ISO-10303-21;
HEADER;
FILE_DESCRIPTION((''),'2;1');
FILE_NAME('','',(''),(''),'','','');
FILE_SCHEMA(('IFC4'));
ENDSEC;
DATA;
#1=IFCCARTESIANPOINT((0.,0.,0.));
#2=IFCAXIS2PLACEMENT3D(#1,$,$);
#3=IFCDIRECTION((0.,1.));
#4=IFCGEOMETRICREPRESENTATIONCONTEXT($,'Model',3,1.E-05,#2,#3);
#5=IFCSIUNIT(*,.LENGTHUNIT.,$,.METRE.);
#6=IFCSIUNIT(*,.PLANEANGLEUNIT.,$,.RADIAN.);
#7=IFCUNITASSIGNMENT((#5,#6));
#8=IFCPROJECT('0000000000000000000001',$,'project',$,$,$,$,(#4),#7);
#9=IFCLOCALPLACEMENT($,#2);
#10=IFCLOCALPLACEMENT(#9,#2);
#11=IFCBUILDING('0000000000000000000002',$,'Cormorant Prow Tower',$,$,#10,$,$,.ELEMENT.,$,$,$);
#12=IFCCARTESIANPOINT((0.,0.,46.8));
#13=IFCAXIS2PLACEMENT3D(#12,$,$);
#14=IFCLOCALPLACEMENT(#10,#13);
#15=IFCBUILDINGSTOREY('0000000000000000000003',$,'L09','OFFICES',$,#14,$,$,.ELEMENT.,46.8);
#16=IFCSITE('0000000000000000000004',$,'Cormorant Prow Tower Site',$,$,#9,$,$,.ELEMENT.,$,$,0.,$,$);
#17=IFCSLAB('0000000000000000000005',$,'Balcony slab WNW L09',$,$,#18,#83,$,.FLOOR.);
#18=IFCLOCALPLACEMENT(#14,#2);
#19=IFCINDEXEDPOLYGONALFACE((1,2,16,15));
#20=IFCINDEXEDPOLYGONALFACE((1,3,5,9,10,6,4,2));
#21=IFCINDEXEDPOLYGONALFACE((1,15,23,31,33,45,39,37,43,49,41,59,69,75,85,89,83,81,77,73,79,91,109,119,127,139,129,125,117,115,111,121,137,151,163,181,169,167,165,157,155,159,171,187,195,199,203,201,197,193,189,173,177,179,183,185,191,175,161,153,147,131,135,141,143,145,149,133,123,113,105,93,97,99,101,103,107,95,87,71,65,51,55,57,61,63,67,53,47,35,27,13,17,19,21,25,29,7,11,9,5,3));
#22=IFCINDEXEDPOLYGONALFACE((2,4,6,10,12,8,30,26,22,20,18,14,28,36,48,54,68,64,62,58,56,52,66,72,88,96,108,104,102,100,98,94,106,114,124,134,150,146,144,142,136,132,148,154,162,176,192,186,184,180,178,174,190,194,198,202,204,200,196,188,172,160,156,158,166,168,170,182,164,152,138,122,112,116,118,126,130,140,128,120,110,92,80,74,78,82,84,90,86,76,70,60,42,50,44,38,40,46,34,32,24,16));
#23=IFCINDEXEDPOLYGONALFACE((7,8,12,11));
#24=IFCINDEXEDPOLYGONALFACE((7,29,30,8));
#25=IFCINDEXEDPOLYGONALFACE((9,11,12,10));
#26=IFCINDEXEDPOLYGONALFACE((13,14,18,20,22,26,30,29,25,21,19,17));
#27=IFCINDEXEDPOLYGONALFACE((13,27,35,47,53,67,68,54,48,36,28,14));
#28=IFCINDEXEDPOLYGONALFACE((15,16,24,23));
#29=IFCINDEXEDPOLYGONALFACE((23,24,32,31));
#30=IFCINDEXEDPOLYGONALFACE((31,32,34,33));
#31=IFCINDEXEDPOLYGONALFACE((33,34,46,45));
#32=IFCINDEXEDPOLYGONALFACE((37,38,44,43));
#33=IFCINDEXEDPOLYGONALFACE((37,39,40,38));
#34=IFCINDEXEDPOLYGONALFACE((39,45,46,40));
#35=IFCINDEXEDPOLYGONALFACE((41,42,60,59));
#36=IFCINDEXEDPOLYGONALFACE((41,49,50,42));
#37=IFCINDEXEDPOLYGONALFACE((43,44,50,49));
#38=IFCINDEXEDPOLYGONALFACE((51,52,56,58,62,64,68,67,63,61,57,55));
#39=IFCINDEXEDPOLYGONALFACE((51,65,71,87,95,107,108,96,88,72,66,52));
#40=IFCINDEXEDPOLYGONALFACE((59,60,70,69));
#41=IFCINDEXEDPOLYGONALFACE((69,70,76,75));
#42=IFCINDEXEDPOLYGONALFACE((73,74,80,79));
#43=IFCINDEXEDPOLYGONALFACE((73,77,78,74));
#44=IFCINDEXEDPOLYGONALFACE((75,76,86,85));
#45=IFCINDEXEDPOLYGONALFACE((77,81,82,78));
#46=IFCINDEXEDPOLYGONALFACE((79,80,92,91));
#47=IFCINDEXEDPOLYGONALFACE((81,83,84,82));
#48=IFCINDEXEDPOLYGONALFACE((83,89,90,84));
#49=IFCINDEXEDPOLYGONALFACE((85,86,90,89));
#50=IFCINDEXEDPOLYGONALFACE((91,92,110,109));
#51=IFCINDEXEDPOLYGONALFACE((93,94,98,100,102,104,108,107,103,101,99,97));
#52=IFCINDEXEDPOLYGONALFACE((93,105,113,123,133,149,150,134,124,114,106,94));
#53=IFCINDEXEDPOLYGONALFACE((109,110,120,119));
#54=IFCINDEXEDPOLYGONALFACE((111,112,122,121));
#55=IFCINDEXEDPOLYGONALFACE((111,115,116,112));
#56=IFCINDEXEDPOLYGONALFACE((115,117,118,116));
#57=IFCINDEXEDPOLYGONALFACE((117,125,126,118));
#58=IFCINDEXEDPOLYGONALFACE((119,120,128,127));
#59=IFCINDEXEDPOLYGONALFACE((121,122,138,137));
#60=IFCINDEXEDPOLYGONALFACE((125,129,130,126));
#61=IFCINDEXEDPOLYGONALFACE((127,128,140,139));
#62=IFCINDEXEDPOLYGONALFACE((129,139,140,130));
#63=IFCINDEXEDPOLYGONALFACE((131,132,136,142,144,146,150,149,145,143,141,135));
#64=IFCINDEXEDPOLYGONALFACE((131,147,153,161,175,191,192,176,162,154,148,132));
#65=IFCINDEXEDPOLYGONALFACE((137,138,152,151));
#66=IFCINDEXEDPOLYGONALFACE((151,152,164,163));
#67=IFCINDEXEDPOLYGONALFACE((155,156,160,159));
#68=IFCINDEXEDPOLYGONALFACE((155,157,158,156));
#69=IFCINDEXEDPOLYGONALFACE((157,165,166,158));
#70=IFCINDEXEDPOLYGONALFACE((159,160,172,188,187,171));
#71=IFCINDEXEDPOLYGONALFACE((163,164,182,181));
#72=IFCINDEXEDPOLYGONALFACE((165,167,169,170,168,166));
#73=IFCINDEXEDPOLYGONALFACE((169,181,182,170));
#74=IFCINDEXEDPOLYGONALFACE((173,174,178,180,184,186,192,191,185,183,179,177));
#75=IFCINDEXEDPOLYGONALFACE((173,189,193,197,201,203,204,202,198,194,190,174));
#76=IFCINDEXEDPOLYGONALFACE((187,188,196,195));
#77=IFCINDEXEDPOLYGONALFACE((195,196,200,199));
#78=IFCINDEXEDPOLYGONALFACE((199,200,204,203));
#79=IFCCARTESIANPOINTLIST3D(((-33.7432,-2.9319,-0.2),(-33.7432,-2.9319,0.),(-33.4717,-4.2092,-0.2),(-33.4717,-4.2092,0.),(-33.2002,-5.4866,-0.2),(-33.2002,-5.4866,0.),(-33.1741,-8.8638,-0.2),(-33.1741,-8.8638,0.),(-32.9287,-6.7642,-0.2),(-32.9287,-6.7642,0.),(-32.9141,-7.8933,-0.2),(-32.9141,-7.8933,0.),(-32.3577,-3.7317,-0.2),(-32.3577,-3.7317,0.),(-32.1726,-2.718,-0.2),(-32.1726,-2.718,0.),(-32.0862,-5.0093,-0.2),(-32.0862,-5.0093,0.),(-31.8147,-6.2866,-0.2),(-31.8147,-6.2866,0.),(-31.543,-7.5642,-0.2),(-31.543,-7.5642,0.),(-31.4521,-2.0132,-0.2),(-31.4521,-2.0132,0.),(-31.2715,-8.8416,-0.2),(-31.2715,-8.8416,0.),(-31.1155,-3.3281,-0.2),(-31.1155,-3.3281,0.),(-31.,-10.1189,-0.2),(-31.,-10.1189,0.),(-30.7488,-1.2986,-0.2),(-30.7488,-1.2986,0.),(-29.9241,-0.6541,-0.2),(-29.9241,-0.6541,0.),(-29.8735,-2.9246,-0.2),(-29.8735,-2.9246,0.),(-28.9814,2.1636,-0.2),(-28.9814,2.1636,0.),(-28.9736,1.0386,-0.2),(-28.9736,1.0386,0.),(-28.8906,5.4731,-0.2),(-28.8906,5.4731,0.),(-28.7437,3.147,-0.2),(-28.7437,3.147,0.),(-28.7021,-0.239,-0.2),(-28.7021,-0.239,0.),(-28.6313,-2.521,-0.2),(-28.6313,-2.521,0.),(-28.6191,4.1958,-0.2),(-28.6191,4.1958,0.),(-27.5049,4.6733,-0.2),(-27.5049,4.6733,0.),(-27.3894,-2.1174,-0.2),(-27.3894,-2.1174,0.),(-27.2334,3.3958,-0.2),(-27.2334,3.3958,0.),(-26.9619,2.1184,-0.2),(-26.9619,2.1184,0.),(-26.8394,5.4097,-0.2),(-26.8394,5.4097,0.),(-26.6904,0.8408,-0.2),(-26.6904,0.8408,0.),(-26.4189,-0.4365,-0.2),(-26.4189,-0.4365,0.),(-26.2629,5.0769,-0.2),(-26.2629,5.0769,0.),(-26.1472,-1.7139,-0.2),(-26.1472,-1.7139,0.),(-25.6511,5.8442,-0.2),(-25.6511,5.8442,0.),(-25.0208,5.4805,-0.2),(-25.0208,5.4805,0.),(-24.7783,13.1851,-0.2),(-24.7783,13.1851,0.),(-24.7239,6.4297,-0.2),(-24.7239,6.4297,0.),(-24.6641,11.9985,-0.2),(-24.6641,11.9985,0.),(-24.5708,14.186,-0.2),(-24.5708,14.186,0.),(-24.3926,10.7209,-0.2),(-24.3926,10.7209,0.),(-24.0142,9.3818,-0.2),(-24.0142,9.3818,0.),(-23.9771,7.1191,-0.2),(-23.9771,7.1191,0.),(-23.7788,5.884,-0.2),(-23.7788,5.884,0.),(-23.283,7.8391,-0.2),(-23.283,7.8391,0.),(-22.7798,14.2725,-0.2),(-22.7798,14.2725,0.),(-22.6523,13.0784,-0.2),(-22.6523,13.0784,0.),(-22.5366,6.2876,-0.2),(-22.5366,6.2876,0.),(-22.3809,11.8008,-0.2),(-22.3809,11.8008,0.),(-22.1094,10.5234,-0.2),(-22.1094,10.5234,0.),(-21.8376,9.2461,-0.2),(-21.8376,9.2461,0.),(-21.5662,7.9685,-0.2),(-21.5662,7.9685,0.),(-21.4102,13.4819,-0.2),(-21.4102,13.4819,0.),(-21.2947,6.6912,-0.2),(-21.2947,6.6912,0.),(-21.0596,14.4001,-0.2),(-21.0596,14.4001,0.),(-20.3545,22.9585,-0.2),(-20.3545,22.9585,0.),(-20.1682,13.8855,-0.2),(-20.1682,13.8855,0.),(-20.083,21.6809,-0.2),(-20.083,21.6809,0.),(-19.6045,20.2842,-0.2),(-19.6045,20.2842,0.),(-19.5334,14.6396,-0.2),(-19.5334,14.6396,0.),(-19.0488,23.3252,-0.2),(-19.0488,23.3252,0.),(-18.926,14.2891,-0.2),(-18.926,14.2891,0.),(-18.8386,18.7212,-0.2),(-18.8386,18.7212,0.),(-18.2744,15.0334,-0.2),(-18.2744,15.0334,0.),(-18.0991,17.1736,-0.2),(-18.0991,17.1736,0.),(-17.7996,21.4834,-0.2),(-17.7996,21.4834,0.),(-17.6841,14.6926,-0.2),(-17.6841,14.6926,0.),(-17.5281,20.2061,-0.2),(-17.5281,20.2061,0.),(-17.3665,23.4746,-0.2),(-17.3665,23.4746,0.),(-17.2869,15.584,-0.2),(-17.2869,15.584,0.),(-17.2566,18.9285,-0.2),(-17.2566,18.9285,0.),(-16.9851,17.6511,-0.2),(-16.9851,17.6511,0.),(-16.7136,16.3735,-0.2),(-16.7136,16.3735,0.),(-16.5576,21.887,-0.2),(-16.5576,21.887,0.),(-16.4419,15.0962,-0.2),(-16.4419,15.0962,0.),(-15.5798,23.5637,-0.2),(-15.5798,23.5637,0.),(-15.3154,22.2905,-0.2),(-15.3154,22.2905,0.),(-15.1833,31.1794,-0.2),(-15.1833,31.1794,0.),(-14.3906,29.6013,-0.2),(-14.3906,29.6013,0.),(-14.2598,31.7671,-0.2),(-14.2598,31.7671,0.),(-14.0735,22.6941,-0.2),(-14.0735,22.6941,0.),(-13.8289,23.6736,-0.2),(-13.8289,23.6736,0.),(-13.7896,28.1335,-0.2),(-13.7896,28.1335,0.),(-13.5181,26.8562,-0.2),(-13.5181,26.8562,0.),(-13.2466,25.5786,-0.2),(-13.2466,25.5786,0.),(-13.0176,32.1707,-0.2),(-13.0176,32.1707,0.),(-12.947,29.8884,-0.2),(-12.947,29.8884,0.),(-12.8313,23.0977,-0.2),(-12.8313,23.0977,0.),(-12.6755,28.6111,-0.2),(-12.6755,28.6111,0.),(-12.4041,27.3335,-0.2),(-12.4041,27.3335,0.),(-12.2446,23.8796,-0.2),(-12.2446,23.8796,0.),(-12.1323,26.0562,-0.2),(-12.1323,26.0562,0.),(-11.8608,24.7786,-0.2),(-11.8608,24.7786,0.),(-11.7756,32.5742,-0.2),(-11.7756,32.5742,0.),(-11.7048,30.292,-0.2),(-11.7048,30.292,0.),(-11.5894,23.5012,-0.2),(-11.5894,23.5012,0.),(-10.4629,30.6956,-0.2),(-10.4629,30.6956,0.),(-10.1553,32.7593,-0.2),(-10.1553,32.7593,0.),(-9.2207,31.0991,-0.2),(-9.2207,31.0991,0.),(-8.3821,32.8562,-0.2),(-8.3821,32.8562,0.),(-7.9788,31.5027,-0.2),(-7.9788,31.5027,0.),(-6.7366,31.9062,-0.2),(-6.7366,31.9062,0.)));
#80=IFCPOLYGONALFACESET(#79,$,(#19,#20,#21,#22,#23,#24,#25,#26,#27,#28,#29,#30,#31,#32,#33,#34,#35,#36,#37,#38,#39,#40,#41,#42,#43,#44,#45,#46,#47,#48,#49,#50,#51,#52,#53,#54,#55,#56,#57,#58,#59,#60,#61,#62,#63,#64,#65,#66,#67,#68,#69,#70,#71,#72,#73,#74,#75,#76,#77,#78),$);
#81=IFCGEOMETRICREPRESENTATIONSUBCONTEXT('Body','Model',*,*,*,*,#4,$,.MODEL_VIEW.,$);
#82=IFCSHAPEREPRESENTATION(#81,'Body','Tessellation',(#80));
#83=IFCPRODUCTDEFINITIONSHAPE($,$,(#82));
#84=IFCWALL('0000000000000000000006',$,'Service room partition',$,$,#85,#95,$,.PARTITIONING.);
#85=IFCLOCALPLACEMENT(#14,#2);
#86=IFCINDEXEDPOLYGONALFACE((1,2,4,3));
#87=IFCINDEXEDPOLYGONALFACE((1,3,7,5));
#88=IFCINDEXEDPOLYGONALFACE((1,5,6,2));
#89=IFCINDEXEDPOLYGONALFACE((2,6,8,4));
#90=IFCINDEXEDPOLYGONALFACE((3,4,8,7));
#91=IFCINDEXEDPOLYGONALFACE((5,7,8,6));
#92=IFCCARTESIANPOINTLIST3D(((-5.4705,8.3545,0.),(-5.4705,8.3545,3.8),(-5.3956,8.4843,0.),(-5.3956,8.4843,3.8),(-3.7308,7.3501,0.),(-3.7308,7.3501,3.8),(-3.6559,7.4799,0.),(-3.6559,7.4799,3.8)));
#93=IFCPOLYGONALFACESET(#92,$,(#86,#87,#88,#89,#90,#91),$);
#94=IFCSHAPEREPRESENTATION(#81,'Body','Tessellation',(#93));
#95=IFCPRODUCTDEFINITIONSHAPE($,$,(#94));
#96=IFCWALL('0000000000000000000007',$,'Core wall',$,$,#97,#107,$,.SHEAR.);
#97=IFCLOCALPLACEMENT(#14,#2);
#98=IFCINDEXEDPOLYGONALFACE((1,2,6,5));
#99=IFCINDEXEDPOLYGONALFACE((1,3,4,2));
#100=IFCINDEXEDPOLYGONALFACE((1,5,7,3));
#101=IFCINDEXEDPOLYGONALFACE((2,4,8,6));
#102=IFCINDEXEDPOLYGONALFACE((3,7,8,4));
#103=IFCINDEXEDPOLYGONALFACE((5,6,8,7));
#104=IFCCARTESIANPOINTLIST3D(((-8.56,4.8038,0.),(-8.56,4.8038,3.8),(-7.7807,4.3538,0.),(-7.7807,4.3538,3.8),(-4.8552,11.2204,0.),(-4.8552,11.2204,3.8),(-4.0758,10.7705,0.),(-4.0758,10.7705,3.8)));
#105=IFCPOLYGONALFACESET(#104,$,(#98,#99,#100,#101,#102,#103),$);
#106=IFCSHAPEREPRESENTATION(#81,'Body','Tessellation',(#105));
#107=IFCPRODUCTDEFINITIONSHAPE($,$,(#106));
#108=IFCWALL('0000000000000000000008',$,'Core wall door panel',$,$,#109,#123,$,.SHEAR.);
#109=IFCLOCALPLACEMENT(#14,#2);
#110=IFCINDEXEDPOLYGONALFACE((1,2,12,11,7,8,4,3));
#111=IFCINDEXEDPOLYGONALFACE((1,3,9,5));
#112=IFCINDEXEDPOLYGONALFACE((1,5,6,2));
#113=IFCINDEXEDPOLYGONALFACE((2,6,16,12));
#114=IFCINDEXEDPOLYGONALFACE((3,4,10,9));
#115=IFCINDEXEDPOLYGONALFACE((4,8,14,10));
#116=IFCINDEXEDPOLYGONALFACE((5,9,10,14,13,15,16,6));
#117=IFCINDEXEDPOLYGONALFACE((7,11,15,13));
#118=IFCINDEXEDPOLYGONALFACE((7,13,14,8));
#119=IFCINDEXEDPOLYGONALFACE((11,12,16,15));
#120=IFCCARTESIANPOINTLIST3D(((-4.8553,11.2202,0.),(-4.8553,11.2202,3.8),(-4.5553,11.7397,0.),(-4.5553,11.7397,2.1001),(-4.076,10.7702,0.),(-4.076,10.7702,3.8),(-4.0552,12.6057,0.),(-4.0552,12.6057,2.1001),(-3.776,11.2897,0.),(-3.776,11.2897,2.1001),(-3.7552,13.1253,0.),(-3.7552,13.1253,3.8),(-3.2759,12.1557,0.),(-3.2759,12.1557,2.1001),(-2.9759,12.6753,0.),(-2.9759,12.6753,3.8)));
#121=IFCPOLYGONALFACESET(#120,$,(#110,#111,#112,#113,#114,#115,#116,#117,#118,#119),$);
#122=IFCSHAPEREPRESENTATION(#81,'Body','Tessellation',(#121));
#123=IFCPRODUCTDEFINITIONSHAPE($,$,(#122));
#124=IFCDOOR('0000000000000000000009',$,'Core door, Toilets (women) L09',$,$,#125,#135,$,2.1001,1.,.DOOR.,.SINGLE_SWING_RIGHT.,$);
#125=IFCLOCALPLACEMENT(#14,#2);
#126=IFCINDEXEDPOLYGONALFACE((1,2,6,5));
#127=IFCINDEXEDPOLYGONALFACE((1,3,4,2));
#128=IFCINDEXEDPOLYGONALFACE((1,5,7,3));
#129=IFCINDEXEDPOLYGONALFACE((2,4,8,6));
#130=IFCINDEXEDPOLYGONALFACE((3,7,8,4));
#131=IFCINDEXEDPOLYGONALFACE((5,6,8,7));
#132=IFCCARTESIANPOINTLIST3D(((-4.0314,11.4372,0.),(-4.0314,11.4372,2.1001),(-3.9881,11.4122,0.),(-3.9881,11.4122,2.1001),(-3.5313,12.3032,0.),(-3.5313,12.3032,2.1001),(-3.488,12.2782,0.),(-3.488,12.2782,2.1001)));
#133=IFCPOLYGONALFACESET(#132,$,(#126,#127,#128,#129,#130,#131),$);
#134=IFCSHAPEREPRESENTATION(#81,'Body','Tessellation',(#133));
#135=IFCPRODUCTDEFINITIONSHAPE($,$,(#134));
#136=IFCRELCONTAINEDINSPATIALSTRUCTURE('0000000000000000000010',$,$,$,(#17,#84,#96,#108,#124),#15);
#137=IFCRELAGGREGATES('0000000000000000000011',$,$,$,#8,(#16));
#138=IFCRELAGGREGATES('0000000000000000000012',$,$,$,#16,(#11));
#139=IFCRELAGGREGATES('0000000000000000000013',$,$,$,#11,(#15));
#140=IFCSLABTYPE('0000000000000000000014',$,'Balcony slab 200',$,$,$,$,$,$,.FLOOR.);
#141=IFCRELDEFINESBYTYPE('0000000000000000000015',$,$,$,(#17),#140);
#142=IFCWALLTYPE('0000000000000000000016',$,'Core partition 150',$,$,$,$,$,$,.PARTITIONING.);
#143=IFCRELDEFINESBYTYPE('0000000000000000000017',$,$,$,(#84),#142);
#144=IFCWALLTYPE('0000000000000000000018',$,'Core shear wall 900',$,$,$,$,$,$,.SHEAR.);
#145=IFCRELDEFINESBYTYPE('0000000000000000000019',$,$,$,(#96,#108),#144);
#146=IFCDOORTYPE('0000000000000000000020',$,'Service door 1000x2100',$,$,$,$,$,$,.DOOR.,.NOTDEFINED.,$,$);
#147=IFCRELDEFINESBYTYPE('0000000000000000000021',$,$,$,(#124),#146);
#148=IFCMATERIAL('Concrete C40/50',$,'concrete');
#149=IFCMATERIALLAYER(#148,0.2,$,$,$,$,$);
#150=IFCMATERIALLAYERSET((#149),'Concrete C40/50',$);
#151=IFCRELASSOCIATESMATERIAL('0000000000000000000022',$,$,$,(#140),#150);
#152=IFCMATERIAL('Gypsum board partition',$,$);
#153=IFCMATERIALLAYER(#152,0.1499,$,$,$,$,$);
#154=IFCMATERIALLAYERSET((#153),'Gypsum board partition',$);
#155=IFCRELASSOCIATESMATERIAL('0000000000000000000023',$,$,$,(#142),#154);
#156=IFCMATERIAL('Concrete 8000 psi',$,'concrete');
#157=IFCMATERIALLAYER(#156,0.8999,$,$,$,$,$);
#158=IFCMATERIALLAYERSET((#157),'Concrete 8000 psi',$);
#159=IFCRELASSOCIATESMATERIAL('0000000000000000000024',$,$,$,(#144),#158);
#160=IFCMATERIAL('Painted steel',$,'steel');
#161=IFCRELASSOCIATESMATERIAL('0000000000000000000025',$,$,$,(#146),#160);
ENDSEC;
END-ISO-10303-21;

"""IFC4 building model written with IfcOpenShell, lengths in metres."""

from ifc_helpers import new_model, si_unit, direction, frame, frame_2d, origin, place, context, subcontext, project, spatial, polyline, rectangle, outline, extrude, material, layer, layer_set, type_object, element, fill, save


model = new_model("IFC4")

# Units and contexts
model_context = context("Model", 3, precision=1e-05, world=origin(), true_north=direction((0.0, 1.0)))
body_context = subcontext(model_context, "Body", "Model", "MODEL_VIEW")
ifc_project = project(units=[si_unit("LENGTHUNIT", "METRE"), si_unit("PLANEANGLEUNIT", "RADIAN")], contexts=[model_context])

# Site, building, storey
site_placement = place(None, origin())
site = spatial("IfcSite", under=ifc_project, at=site_placement, Name="Cormorant Prow Tower Site", CompositionType="ELEMENT", RefElevation=0.0)
building_placement = place(site_placement, origin())
building = spatial("IfcBuilding", under=site, at=building_placement, Name="Cormorant Prow Tower", CompositionType="ELEMENT")
storey_placement = place(building_placement, frame((0.0, 0.0, 46.8)))
storey = spatial("IfcBuildingStorey", under=building, at=storey_placement, Name="L09", Description="OFFICES", CompositionType="ELEMENT", Elevation=46.8)

# Slab
ifc_material_1 = material(Name="Concrete C40/50", Category="concrete")
ifc_layer_1 = layer(ifc_material_1, 0.2)
ifc_layer_set_1 = layer_set([ifc_layer_1], Name="Concrete C40/50")
slab_type = type_object("IfcSlabType", Name="Balcony slab 200", PredefinedType="FLOOR", material=ifc_layer_set_1)
slab_placement = place(storey_placement, frame((0.0, 0.0, -0.2)))
element("IfcSlab", 1, at=slab_placement, inside=storey, type_object=slab_type, Name="Balcony slab WNW L09", PredefinedType="FLOOR", context=body_context, shape_type="SweptSolid", body=[
    extrude(outline(polyline([(-6.7366, 31.9062), (-8.3821, 32.8562), (-10.1553, 32.7593), (-11.7756, 32.5742), (-13.0176, 32.1707), (-14.2598, 31.7671), (-15.1833, 31.1794), (-14.3906, 29.6013), (-13.7896, 28.1335), (-13.5181, 26.8562), (-13.2466, 25.5786), (-12.2446, 23.8796), (-13.8289, 23.6736), (-15.5798, 23.5637), (-17.3665, 23.4746), (-19.0488, 23.3252), (-20.3545, 22.9585), (-20.083, 21.6809), (-19.6045, 20.2842), (-18.8386, 18.7212), (-18.0991, 17.1736), (-17.2869, 15.584), (-18.2744, 15.0334), (-19.5334, 14.6396), (-21.0596, 14.4001), (-22.7798, 14.2725), (-24.5708, 14.186), (-24.7783, 13.1851), (-24.6641, 11.9985), (-24.3926, 10.7209), (-24.0142, 9.3818), (-23.283, 7.8391), (-23.9771, 7.1191), (-24.7239, 6.4297), (-25.6511, 5.8442), (-26.8394, 5.4097), (-28.8906, 5.4731), (-28.6191, 4.1958), (-28.7437, 3.147), (-28.9814, 2.1636), (-28.9736, 1.0386), (-28.7021, -0.239), (-29.9241, -0.6541), (-30.7488, -1.2986), (-31.4521, -2.0132), (-32.1726, -2.718), (-33.7432, -2.9319), (-33.4717, -4.2092), (-33.2002, -5.4866), (-32.9287, -6.7642), (-32.9141, -7.8933), (-33.1741, -8.8638), (-31.0, -10.1189), (-31.2715, -8.8416), (-31.543, -7.5642), (-31.8147, -6.2866), (-32.0862, -5.0093), (-32.3577, -3.7317), (-31.1155, -3.3281), (-29.8735, -2.9246), (-28.6313, -2.521), (-27.3894, -2.1174), (-26.1472, -1.7139), (-26.4189, -0.4365), (-26.6904, 0.8408), (-26.9619, 2.1184), (-27.2334, 3.3958), (-27.5049, 4.6733), (-26.2629, 5.0769), (-25.0208, 5.4805), (-23.7788, 5.884), (-22.5366, 6.2876), (-21.2947, 6.6912), (-21.5662, 7.9685), (-21.8376, 9.2461), (-22.1094, 10.5234), (-22.3809, 11.8008), (-22.6523, 13.0784), (-21.4102, 13.4819), (-20.1682, 13.8855), (-18.926, 14.2891), (-17.6841, 14.6926), (-16.4419, 15.0962), (-16.7136, 16.3735), (-16.9851, 17.6511), (-17.2566, 18.9285), (-17.5281, 20.2061), (-17.7996, 21.4834), (-16.5576, 21.887), (-15.3154, 22.2905), (-14.0735, 22.6941), (-12.8313, 23.0977), (-11.5894, 23.5012), (-11.8608, 24.7786), (-12.1323, 26.0562), (-12.4041, 27.3335), (-12.6755, 28.6111), (-12.947, 29.8884), (-11.7048, 30.292), (-10.4629, 30.6956), (-9.2207, 31.0991), (-7.9788, 31.5027), (-6.7366, 31.9062)])), origin(), (0.0, 0.0, 1.0), 0.2),
])

# Walls
ifc_material_2 = material(Name="Gypsum board partition")
ifc_layer_2 = layer(ifc_material_2, 0.1499)
ifc_layer_set_2 = layer_set([ifc_layer_2], Name="Gypsum board partition")
wall_type_1 = type_object("IfcWallType", Name="Core partition 150", PredefinedType="PARTITIONING", material=ifc_layer_set_2)
wall_1_placement = place(storey_placement, frame((-3.6934, 7.415, 0.0), z_axis=(0.0, 0.0, 1.0), x_axis=(-0.866036, 0.499982, 0.0)))
element("IfcWall", 2, at=wall_1_placement, inside=storey, type_object=wall_type_1, Name="Service room partition", PredefinedType="PARTITIONING", context=body_context, shape_type="SweptSolid", body=[
    extrude(rectangle(XDim=2.0088, YDim=0.1499, at=frame_2d((1.0044, 0.0))), origin(), (0.0, 0.0, 1.0), 3.8),
])
ifc_material_3 = material(Name="Concrete 8000 psi", Category="concrete")
ifc_layer_3 = layer(ifc_material_3, 0.8999)
ifc_layer_set_3 = layer_set([ifc_layer_3], Name="Concrete 8000 psi")
wall_type_2 = type_object("IfcWallType", Name="Core shear wall 900", PredefinedType="SHEAR", material=ifc_layer_set_3)
wall_2_placement = place(storey_placement, frame((-4.4656, 10.9954, 0.0), z_axis=(0.0, 0.0, 1.0), x_axis=(-0.500012, -0.866018, 0.0)))
element("IfcWall", 3, at=wall_2_placement, inside=storey, type_object=wall_type_2, Name="Core wall", PredefinedType="SHEAR", context=body_context, shape_type="SweptSolid", body=[
    extrude(rectangle(XDim=7.4094, YDim=0.8999, at=frame_2d((3.7046, 0.0))), origin(), (0.0, 0.0, 1.0), 3.8),
])

# Wall, opening, door
wall_3_placement = place(storey_placement, frame((-3.3655, 12.9004, 0.0), z_axis=(0.0, 0.0, 1.0), x_axis=(-0.500078, -0.86598, 0.0)))
wall_3 = element("IfcWall", 4, at=wall_3_placement, inside=storey, type_object=wall_type_2, Name="Core wall door panel", PredefinedType="SHEAR", context=body_context, shape_type="SweptSolid", body=[
    extrude(rectangle(XDim=2.2, YDim=0.8999, at=frame_2d((1.1001, 0.0))), origin(), (0.0, 0.0, 1.0), 3.8),
])
opening_1_placement = place(wall_3_placement, frame((0.6001, 0.0, 0.0)))
opening_1 = element("IfcOpeningElement", 5, at=opening_1_placement, cuts=wall_3, PredefinedType="OPENING", context=body_context, shape_type="SweptSolid", body=[
    extrude(rectangle(XDim=1.0, YDim=2.1001, at=frame_2d((0.5, 1.05))), frame((0.0, 0.46, 0.0), z_axis=(0.0, -1.0, 0.0), x_axis=(1.0, 0.0, 0.0)), (0.0, 0.0, 1.0), 0.9199),
])
ifc_material_4 = material(Name="Painted steel", Category="steel")
door_type_1 = type_object("IfcDoorType", Name="Service door 1000x2100", OperationType="NOTDEFINED", PredefinedType="DOOR", material=ifc_material_4)
door_1_placement = place(opening_1_placement, origin())
door_1 = element("IfcDoor", 6, at=door_1_placement, inside=storey, type_object=door_type_1, Name="Core door, Toilets (women) L09", OperationType="SINGLE_SWING_RIGHT", OverallHeight=2.1001, OverallWidth=1.0, PredefinedType="DOOR", context=body_context, shape_type="SweptSolid", body=[
    extrude(rectangle(XDim=1.0, YDim=2.1001, at=frame_2d((0.5, 1.05))), frame((0.0, 0.2051, 0.0), z_axis=(0.0, -1.0, 0.0), x_axis=(1.0, 0.0, 0.0)), (0.0, 0.0, 1.0), 0.05),
])
fill(opening_1, door_1)

save(model, "model.ifc")
